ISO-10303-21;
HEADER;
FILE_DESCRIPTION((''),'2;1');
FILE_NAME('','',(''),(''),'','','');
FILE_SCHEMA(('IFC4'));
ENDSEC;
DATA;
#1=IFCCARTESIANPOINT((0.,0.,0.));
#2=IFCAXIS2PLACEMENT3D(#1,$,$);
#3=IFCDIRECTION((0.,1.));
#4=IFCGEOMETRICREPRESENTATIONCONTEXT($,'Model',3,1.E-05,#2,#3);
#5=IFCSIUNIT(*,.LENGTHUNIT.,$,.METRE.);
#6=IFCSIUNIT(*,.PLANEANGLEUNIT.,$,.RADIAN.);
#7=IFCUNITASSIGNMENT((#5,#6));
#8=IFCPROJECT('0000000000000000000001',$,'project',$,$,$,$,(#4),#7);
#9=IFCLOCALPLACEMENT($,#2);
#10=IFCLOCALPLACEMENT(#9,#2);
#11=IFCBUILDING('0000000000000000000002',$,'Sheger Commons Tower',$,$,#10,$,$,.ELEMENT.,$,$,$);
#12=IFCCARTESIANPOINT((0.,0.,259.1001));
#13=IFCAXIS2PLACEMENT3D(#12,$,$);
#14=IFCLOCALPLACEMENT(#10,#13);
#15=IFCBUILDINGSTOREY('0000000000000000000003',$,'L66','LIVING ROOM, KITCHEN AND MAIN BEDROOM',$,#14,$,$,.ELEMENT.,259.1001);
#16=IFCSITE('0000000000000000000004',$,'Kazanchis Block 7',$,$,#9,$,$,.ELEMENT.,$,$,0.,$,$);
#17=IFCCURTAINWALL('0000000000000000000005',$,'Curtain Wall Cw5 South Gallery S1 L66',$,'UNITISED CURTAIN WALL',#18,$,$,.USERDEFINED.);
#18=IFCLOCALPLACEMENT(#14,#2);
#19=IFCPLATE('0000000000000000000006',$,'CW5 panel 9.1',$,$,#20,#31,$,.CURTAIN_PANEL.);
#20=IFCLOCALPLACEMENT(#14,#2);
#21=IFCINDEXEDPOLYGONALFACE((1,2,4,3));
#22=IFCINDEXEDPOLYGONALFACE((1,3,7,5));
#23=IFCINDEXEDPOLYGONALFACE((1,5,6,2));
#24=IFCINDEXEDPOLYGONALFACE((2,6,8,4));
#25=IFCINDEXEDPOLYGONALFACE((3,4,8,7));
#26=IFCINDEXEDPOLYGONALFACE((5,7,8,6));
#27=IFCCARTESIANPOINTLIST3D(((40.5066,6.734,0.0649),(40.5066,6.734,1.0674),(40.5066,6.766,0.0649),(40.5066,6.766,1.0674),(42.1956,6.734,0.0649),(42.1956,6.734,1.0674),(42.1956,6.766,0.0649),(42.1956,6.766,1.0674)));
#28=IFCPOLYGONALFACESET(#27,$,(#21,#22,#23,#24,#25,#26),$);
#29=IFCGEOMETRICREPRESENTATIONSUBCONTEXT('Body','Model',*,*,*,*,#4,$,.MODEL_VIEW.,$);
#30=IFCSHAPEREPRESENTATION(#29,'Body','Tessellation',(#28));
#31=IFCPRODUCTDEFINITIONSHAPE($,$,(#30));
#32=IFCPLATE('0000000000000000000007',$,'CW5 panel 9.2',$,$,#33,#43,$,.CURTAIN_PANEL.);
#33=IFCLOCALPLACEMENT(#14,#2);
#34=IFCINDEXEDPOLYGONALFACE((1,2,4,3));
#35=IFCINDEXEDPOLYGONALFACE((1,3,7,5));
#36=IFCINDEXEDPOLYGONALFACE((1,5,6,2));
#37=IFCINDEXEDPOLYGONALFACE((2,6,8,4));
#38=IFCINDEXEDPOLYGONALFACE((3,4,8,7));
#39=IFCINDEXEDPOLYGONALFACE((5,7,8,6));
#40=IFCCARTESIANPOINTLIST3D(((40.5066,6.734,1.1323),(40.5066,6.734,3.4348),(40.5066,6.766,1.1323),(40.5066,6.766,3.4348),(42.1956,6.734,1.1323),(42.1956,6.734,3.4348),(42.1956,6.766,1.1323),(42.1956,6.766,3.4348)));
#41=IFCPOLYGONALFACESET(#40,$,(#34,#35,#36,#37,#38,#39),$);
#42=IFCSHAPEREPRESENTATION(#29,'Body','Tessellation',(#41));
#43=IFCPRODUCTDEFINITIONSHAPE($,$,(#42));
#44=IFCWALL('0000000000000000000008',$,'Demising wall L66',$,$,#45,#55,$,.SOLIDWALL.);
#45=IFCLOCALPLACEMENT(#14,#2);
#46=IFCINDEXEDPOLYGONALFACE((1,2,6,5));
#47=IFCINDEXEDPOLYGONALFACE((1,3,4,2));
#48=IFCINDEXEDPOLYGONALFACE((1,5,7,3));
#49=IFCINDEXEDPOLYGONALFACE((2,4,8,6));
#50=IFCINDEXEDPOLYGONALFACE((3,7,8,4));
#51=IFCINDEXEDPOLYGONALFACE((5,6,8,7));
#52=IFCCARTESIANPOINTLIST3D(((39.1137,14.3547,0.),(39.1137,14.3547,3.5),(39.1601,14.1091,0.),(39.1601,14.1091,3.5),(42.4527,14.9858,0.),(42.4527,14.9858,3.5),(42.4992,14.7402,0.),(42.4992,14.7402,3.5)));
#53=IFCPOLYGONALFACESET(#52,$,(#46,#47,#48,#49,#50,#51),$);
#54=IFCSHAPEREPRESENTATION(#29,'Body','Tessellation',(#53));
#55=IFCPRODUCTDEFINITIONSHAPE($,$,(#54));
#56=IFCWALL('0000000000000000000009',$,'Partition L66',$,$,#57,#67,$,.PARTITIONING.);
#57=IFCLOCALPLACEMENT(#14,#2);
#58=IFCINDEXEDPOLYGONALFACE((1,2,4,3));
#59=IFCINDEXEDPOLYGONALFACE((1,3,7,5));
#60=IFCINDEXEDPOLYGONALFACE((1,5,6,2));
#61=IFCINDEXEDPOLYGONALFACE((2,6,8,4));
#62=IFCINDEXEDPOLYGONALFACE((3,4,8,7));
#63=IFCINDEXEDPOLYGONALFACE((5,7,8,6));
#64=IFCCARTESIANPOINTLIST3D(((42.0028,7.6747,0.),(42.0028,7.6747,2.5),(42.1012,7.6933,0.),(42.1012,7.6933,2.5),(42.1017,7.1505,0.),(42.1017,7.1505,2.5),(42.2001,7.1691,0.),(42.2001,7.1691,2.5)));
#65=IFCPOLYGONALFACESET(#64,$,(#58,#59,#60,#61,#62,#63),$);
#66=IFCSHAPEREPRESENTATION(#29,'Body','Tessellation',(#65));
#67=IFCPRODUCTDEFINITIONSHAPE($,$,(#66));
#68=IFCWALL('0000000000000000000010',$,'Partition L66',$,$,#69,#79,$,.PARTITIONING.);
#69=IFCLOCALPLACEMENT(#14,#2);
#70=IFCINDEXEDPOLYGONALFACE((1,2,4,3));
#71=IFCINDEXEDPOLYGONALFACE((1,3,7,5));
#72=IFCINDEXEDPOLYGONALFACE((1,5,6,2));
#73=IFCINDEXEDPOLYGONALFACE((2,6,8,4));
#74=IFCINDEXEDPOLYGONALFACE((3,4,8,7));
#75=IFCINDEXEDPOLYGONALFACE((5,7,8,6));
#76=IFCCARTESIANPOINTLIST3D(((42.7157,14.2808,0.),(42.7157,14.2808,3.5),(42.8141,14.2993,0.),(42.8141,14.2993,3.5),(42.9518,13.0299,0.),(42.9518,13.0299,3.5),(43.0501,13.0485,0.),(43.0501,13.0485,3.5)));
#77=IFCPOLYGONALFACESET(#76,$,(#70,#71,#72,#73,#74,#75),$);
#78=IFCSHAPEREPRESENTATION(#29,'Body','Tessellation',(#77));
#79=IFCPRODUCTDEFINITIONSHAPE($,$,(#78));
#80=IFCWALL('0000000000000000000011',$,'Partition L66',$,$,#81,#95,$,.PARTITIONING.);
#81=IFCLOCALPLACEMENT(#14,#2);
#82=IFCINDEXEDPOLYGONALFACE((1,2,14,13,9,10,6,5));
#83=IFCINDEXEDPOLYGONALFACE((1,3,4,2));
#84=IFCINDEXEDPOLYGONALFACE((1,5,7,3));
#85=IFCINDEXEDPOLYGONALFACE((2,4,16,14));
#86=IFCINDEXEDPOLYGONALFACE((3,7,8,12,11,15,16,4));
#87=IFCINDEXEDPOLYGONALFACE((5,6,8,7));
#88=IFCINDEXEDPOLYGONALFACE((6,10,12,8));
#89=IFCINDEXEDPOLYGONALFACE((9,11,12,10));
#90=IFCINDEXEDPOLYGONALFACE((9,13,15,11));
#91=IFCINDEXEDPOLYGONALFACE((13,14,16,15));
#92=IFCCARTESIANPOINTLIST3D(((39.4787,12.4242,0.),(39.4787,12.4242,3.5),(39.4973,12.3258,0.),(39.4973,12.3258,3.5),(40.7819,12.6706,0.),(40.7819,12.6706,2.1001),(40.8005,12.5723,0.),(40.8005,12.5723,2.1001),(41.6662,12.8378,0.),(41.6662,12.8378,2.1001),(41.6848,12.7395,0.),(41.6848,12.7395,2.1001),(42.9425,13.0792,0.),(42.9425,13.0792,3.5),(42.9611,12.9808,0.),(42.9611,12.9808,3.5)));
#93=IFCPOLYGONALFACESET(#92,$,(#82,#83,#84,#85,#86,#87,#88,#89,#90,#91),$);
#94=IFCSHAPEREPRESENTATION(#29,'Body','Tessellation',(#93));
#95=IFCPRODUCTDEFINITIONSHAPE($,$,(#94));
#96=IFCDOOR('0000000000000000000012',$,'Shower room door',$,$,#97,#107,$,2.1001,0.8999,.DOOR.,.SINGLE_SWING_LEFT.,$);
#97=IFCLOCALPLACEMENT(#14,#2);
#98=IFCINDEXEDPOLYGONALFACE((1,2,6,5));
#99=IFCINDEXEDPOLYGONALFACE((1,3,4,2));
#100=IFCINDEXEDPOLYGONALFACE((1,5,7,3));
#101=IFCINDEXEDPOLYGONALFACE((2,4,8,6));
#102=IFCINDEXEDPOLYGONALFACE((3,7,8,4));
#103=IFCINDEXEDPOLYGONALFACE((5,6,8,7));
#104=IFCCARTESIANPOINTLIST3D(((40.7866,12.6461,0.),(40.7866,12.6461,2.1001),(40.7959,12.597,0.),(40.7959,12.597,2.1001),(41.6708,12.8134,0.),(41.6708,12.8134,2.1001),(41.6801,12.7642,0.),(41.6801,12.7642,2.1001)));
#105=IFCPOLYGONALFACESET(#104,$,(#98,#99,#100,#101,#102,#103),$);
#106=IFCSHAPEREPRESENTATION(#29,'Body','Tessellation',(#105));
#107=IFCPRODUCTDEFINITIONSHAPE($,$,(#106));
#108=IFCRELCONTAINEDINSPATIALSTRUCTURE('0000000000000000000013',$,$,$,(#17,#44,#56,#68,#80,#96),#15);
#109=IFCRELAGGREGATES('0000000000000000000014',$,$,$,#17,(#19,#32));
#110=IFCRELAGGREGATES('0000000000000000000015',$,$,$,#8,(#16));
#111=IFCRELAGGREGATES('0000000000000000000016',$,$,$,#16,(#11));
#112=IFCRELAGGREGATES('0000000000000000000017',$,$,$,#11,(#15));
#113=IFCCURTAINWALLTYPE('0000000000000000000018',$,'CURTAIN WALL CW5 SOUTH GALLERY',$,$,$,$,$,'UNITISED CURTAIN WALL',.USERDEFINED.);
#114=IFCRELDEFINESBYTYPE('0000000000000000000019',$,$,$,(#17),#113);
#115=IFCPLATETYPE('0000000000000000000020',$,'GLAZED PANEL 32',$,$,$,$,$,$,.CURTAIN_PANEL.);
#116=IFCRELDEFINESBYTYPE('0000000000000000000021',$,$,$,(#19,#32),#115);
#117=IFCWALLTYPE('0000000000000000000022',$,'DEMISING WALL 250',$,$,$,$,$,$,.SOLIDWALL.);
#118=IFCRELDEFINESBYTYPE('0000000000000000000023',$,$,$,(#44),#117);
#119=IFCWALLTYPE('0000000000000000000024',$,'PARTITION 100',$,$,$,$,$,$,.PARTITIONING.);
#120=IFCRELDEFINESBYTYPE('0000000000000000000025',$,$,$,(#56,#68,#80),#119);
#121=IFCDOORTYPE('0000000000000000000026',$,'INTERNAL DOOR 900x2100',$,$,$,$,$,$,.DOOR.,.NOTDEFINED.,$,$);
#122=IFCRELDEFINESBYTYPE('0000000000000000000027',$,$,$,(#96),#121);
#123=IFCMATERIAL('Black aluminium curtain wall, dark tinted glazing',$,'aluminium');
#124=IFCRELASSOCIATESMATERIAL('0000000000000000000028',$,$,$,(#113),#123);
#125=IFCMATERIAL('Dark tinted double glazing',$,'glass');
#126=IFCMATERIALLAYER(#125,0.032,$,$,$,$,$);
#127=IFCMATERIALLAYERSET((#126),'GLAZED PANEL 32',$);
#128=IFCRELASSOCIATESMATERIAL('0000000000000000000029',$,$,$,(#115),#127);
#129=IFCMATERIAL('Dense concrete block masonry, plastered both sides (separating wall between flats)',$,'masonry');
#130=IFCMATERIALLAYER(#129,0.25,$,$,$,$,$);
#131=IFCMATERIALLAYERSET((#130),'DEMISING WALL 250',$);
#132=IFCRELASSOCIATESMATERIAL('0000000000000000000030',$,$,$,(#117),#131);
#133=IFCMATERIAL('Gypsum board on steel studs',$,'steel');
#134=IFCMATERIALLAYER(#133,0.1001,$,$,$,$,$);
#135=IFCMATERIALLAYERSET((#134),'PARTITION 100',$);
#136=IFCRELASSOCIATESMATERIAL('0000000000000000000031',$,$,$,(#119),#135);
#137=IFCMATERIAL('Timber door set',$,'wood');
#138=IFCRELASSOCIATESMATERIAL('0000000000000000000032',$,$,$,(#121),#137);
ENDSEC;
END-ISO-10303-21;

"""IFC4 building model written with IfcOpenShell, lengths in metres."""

from ifc_helpers import new_model, si_unit, direction, frame, frame_2d, origin, origin_2d, place, context, subcontext, project, spatial, rectangle, extrude, material, layer, layer_set, type_object, element, fill, aggregate, save


model = new_model("IFC4")

# Units and contexts
model_context = context("Model", 3, precision=1e-05, world=origin(), true_north=direction((0.0, 1.0)))
body_context = subcontext(model_context, "Body", "Model", "MODEL_VIEW")
ifc_project = project(units=[si_unit("LENGTHUNIT", "METRE"), si_unit("PLANEANGLEUNIT", "RADIAN")], contexts=[model_context])

# Site, building, storey
site_placement = place(None, origin())
site = spatial("IfcSite", under=ifc_project, at=site_placement, Name="Kazanchis Block 7", CompositionType="ELEMENT", RefElevation=0.0)
building_placement = place(site_placement, origin())
building = spatial("IfcBuilding", under=site, at=building_placement, Name="Sheger Commons Tower", CompositionType="ELEMENT")
storey_placement = place(building_placement, frame((0.0, 0.0, 259.1001)))
storey = spatial("IfcBuildingStorey", under=building, at=storey_placement, Name="L66", Description="LIVING ROOM, KITCHEN AND MAIN BEDROOM", CompositionType="ELEMENT", Elevation=259.1001)

# Curtain wall
ifc_material_1 = material(Name="Black aluminium curtain wall, dark tinted glazing", Category="aluminium")
curtain_wall_type = type_object("IfcCurtainWallType", Name="CURTAIN WALL CW5 SOUTH GALLERY", ElementType="UNITISED CURTAIN WALL", PredefinedType="USERDEFINED", material=ifc_material_1)
curtain_wall_placement = place(storey_placement, origin())
curtain_wall = element("IfcCurtainWall", 1, at=curtain_wall_placement, inside=storey, type_object=curtain_wall_type, Name="Curtain Wall Cw5 South Gallery S1 L66", ObjectType="UNITISED CURTAIN WALL", PredefinedType="USERDEFINED")

# Plates
ifc_material_2 = material(Name="Dark tinted double glazing", Category="glass")
ifc_layer_1 = layer(ifc_material_2, 0.032)
ifc_layer_set_1 = layer_set([ifc_layer_1], Name="GLAZED PANEL 32")
plate_type = type_object("IfcPlateType", Name="GLAZED PANEL 32", PredefinedType="CURTAIN_PANEL", material=ifc_layer_set_1)
plate_1_placement = place(storey_placement, frame((41.3511, 6.75, 0.0649), z_axis=(0.0, 0.0, 1.0), x_axis=(1.0, 0.0, 0.0)))
plate_1 = element("IfcPlate", 2, at=plate_1_placement, type_object=plate_type, Name="CW5 panel 9.1", PredefinedType="CURTAIN_PANEL", context=body_context, shape_type="SweptSolid", body=[
    extrude(rectangle(XDim=1.689, YDim=0.032, at=origin_2d()), origin(), (0.0, 0.0, 1.0), 1.0024),
])
plate_2_placement = place(storey_placement, frame((41.3511, 6.75, 1.1323), z_axis=(0.0, 0.0, 1.0), x_axis=(1.0, 0.0, 0.0)))
plate_2 = element("IfcPlate", 3, at=plate_2_placement, type_object=plate_type, Name="CW5 panel 9.2", PredefinedType="CURTAIN_PANEL", context=body_context, shape_type="SweptSolid", body=[
    extrude(rectangle(XDim=1.689, YDim=0.032, at=origin_2d()), origin(), (0.0, 0.0, 1.0), 2.3025),
])
aggregate(curtain_wall, [plate_1, plate_2])

# Walls
ifc_material_3 = material(Name="Dense concrete block masonry, plastered both sides (separating wall between flats)", Category="masonry")
ifc_layer_2 = layer(ifc_material_3, 0.25)
ifc_layer_set_2 = layer_set([ifc_layer_2], Name="DEMISING WALL 250")
wall_type_1 = type_object("IfcWallType", Name="DEMISING WALL 250", PredefinedType="SOLIDWALL", material=ifc_layer_set_2)
wall_1_placement = place(storey_placement, frame((42.4761, 14.863, 0.0), z_axis=(0.0, 0.0, 1.0), x_axis=(-0.982604, -0.185715, 0.0)))
element("IfcWall", 4, at=wall_1_placement, inside=storey, type_object=wall_type_1, Name="Demising wall L66", PredefinedType="SOLIDWALL", context=body_context, shape_type="SweptSolid", body=[
    extrude(rectangle(XDim=3.3982, YDim=0.25, at=frame_2d((1.6992, 0.0))), origin(), (0.0, 0.0, 1.0), 3.5),
])
ifc_material_4 = material(Name="Gypsum board on steel studs", Category="steel")
ifc_layer_3 = layer(ifc_material_4, 0.1001)
ifc_layer_set_3 = layer_set([ifc_layer_3], Name="PARTITION 100")
wall_type_2 = type_object("IfcWallType", Name="PARTITION 100", PredefinedType="PARTITIONING", material=ifc_layer_set_3)
wall_2_placement = place(storey_placement, frame((42.1509, 7.1599, 0.0), z_axis=(0.0, 0.0, 1.0), x_axis=(-0.185366, 0.98267, 0.0)))
element("IfcWall", 5, at=wall_2_placement, inside=storey, type_object=wall_type_2, Name="Partition L66", PredefinedType="PARTITIONING", context=body_context, shape_type="SweptSolid", body=[
    extrude(rectangle(XDim=0.5334, YDim=0.1001, at=frame_2d((0.2666, 0.0))), origin(), (0.0, 0.0, 1.0), 2.5),
])
wall_3_placement = place(storey_placement, frame((42.7649, 14.29, 0.0), z_axis=(0.0, 0.0, 1.0), x_axis=(0.185446, -0.982654, 0.0)))
element("IfcWall", 6, at=wall_3_placement, inside=storey, type_object=wall_type_2, Name="Partition L66", PredefinedType="PARTITIONING", context=body_context, shape_type="SweptSolid", body=[
    extrude(rectangle(XDim=1.2729, YDim=0.1001, at=frame_2d((0.6365, 0.0))), origin(), (0.0, 0.0, 1.0), 3.5),
])

# Wall, opening, door
wall_4_placement = place(storey_placement, frame((42.9519, 13.03, 0.0), z_axis=(0.0, 0.0, 1.0), x_axis=(-0.982586, -0.18581, 0.0)))
wall_4 = element("IfcWall", 7, at=wall_4_placement, inside=storey, type_object=wall_type_2, Name="Partition L66", PredefinedType="PARTITIONING", context=body_context, shape_type="SweptSolid", body=[
    extrude(rectangle(XDim=3.5251, YDim=0.1001, at=frame_2d((1.7627, 0.0))), origin(), (0.0, 0.0, 1.0), 3.5),
])
opening_placement = place(wall_4_placement, frame((1.2991, 0.0, 0.0)))
opening = element("IfcOpeningElement", 8, at=opening_placement, cuts=wall_4, PredefinedType="OPENING", context=body_context, shape_type="SweptSolid", body=[
    extrude(rectangle(XDim=0.8999, YDim=2.1001, at=frame_2d((0.45, 1.05))), frame((0.0, 0.0601, 0.0), z_axis=(0.0, -1.0, 0.0), x_axis=(1.0, 0.0, 0.0)), (0.0, 0.0, 1.0), 0.1201),
])
ifc_material_5 = material(Name="Timber door set", Category="wood")
door_type = type_object("IfcDoorType", Name="INTERNAL DOOR 900x2100", OperationType="NOTDEFINED", PredefinedType="DOOR", material=ifc_material_5)
door_placement = place(opening_placement, origin())
door = element("IfcDoor", 9, at=door_placement, inside=storey, type_object=door_type, Name="Shower room door", OperationType="SINGLE_SWING_LEFT", OverallHeight=2.1001, OverallWidth=0.8999, PredefinedType="DOOR", context=body_context, shape_type="SweptSolid", body=[
    extrude(rectangle(XDim=0.8999, YDim=2.1001, at=frame_2d((0.45, 1.05))), frame((0.0, 0.0249, 0.0), z_axis=(0.0, -1.0, 0.0), x_axis=(1.0, 0.0, 0.0)), (0.0, 0.0, 1.0), 0.05),
])
fill(opening, door)

save(model, "model.ifc")
